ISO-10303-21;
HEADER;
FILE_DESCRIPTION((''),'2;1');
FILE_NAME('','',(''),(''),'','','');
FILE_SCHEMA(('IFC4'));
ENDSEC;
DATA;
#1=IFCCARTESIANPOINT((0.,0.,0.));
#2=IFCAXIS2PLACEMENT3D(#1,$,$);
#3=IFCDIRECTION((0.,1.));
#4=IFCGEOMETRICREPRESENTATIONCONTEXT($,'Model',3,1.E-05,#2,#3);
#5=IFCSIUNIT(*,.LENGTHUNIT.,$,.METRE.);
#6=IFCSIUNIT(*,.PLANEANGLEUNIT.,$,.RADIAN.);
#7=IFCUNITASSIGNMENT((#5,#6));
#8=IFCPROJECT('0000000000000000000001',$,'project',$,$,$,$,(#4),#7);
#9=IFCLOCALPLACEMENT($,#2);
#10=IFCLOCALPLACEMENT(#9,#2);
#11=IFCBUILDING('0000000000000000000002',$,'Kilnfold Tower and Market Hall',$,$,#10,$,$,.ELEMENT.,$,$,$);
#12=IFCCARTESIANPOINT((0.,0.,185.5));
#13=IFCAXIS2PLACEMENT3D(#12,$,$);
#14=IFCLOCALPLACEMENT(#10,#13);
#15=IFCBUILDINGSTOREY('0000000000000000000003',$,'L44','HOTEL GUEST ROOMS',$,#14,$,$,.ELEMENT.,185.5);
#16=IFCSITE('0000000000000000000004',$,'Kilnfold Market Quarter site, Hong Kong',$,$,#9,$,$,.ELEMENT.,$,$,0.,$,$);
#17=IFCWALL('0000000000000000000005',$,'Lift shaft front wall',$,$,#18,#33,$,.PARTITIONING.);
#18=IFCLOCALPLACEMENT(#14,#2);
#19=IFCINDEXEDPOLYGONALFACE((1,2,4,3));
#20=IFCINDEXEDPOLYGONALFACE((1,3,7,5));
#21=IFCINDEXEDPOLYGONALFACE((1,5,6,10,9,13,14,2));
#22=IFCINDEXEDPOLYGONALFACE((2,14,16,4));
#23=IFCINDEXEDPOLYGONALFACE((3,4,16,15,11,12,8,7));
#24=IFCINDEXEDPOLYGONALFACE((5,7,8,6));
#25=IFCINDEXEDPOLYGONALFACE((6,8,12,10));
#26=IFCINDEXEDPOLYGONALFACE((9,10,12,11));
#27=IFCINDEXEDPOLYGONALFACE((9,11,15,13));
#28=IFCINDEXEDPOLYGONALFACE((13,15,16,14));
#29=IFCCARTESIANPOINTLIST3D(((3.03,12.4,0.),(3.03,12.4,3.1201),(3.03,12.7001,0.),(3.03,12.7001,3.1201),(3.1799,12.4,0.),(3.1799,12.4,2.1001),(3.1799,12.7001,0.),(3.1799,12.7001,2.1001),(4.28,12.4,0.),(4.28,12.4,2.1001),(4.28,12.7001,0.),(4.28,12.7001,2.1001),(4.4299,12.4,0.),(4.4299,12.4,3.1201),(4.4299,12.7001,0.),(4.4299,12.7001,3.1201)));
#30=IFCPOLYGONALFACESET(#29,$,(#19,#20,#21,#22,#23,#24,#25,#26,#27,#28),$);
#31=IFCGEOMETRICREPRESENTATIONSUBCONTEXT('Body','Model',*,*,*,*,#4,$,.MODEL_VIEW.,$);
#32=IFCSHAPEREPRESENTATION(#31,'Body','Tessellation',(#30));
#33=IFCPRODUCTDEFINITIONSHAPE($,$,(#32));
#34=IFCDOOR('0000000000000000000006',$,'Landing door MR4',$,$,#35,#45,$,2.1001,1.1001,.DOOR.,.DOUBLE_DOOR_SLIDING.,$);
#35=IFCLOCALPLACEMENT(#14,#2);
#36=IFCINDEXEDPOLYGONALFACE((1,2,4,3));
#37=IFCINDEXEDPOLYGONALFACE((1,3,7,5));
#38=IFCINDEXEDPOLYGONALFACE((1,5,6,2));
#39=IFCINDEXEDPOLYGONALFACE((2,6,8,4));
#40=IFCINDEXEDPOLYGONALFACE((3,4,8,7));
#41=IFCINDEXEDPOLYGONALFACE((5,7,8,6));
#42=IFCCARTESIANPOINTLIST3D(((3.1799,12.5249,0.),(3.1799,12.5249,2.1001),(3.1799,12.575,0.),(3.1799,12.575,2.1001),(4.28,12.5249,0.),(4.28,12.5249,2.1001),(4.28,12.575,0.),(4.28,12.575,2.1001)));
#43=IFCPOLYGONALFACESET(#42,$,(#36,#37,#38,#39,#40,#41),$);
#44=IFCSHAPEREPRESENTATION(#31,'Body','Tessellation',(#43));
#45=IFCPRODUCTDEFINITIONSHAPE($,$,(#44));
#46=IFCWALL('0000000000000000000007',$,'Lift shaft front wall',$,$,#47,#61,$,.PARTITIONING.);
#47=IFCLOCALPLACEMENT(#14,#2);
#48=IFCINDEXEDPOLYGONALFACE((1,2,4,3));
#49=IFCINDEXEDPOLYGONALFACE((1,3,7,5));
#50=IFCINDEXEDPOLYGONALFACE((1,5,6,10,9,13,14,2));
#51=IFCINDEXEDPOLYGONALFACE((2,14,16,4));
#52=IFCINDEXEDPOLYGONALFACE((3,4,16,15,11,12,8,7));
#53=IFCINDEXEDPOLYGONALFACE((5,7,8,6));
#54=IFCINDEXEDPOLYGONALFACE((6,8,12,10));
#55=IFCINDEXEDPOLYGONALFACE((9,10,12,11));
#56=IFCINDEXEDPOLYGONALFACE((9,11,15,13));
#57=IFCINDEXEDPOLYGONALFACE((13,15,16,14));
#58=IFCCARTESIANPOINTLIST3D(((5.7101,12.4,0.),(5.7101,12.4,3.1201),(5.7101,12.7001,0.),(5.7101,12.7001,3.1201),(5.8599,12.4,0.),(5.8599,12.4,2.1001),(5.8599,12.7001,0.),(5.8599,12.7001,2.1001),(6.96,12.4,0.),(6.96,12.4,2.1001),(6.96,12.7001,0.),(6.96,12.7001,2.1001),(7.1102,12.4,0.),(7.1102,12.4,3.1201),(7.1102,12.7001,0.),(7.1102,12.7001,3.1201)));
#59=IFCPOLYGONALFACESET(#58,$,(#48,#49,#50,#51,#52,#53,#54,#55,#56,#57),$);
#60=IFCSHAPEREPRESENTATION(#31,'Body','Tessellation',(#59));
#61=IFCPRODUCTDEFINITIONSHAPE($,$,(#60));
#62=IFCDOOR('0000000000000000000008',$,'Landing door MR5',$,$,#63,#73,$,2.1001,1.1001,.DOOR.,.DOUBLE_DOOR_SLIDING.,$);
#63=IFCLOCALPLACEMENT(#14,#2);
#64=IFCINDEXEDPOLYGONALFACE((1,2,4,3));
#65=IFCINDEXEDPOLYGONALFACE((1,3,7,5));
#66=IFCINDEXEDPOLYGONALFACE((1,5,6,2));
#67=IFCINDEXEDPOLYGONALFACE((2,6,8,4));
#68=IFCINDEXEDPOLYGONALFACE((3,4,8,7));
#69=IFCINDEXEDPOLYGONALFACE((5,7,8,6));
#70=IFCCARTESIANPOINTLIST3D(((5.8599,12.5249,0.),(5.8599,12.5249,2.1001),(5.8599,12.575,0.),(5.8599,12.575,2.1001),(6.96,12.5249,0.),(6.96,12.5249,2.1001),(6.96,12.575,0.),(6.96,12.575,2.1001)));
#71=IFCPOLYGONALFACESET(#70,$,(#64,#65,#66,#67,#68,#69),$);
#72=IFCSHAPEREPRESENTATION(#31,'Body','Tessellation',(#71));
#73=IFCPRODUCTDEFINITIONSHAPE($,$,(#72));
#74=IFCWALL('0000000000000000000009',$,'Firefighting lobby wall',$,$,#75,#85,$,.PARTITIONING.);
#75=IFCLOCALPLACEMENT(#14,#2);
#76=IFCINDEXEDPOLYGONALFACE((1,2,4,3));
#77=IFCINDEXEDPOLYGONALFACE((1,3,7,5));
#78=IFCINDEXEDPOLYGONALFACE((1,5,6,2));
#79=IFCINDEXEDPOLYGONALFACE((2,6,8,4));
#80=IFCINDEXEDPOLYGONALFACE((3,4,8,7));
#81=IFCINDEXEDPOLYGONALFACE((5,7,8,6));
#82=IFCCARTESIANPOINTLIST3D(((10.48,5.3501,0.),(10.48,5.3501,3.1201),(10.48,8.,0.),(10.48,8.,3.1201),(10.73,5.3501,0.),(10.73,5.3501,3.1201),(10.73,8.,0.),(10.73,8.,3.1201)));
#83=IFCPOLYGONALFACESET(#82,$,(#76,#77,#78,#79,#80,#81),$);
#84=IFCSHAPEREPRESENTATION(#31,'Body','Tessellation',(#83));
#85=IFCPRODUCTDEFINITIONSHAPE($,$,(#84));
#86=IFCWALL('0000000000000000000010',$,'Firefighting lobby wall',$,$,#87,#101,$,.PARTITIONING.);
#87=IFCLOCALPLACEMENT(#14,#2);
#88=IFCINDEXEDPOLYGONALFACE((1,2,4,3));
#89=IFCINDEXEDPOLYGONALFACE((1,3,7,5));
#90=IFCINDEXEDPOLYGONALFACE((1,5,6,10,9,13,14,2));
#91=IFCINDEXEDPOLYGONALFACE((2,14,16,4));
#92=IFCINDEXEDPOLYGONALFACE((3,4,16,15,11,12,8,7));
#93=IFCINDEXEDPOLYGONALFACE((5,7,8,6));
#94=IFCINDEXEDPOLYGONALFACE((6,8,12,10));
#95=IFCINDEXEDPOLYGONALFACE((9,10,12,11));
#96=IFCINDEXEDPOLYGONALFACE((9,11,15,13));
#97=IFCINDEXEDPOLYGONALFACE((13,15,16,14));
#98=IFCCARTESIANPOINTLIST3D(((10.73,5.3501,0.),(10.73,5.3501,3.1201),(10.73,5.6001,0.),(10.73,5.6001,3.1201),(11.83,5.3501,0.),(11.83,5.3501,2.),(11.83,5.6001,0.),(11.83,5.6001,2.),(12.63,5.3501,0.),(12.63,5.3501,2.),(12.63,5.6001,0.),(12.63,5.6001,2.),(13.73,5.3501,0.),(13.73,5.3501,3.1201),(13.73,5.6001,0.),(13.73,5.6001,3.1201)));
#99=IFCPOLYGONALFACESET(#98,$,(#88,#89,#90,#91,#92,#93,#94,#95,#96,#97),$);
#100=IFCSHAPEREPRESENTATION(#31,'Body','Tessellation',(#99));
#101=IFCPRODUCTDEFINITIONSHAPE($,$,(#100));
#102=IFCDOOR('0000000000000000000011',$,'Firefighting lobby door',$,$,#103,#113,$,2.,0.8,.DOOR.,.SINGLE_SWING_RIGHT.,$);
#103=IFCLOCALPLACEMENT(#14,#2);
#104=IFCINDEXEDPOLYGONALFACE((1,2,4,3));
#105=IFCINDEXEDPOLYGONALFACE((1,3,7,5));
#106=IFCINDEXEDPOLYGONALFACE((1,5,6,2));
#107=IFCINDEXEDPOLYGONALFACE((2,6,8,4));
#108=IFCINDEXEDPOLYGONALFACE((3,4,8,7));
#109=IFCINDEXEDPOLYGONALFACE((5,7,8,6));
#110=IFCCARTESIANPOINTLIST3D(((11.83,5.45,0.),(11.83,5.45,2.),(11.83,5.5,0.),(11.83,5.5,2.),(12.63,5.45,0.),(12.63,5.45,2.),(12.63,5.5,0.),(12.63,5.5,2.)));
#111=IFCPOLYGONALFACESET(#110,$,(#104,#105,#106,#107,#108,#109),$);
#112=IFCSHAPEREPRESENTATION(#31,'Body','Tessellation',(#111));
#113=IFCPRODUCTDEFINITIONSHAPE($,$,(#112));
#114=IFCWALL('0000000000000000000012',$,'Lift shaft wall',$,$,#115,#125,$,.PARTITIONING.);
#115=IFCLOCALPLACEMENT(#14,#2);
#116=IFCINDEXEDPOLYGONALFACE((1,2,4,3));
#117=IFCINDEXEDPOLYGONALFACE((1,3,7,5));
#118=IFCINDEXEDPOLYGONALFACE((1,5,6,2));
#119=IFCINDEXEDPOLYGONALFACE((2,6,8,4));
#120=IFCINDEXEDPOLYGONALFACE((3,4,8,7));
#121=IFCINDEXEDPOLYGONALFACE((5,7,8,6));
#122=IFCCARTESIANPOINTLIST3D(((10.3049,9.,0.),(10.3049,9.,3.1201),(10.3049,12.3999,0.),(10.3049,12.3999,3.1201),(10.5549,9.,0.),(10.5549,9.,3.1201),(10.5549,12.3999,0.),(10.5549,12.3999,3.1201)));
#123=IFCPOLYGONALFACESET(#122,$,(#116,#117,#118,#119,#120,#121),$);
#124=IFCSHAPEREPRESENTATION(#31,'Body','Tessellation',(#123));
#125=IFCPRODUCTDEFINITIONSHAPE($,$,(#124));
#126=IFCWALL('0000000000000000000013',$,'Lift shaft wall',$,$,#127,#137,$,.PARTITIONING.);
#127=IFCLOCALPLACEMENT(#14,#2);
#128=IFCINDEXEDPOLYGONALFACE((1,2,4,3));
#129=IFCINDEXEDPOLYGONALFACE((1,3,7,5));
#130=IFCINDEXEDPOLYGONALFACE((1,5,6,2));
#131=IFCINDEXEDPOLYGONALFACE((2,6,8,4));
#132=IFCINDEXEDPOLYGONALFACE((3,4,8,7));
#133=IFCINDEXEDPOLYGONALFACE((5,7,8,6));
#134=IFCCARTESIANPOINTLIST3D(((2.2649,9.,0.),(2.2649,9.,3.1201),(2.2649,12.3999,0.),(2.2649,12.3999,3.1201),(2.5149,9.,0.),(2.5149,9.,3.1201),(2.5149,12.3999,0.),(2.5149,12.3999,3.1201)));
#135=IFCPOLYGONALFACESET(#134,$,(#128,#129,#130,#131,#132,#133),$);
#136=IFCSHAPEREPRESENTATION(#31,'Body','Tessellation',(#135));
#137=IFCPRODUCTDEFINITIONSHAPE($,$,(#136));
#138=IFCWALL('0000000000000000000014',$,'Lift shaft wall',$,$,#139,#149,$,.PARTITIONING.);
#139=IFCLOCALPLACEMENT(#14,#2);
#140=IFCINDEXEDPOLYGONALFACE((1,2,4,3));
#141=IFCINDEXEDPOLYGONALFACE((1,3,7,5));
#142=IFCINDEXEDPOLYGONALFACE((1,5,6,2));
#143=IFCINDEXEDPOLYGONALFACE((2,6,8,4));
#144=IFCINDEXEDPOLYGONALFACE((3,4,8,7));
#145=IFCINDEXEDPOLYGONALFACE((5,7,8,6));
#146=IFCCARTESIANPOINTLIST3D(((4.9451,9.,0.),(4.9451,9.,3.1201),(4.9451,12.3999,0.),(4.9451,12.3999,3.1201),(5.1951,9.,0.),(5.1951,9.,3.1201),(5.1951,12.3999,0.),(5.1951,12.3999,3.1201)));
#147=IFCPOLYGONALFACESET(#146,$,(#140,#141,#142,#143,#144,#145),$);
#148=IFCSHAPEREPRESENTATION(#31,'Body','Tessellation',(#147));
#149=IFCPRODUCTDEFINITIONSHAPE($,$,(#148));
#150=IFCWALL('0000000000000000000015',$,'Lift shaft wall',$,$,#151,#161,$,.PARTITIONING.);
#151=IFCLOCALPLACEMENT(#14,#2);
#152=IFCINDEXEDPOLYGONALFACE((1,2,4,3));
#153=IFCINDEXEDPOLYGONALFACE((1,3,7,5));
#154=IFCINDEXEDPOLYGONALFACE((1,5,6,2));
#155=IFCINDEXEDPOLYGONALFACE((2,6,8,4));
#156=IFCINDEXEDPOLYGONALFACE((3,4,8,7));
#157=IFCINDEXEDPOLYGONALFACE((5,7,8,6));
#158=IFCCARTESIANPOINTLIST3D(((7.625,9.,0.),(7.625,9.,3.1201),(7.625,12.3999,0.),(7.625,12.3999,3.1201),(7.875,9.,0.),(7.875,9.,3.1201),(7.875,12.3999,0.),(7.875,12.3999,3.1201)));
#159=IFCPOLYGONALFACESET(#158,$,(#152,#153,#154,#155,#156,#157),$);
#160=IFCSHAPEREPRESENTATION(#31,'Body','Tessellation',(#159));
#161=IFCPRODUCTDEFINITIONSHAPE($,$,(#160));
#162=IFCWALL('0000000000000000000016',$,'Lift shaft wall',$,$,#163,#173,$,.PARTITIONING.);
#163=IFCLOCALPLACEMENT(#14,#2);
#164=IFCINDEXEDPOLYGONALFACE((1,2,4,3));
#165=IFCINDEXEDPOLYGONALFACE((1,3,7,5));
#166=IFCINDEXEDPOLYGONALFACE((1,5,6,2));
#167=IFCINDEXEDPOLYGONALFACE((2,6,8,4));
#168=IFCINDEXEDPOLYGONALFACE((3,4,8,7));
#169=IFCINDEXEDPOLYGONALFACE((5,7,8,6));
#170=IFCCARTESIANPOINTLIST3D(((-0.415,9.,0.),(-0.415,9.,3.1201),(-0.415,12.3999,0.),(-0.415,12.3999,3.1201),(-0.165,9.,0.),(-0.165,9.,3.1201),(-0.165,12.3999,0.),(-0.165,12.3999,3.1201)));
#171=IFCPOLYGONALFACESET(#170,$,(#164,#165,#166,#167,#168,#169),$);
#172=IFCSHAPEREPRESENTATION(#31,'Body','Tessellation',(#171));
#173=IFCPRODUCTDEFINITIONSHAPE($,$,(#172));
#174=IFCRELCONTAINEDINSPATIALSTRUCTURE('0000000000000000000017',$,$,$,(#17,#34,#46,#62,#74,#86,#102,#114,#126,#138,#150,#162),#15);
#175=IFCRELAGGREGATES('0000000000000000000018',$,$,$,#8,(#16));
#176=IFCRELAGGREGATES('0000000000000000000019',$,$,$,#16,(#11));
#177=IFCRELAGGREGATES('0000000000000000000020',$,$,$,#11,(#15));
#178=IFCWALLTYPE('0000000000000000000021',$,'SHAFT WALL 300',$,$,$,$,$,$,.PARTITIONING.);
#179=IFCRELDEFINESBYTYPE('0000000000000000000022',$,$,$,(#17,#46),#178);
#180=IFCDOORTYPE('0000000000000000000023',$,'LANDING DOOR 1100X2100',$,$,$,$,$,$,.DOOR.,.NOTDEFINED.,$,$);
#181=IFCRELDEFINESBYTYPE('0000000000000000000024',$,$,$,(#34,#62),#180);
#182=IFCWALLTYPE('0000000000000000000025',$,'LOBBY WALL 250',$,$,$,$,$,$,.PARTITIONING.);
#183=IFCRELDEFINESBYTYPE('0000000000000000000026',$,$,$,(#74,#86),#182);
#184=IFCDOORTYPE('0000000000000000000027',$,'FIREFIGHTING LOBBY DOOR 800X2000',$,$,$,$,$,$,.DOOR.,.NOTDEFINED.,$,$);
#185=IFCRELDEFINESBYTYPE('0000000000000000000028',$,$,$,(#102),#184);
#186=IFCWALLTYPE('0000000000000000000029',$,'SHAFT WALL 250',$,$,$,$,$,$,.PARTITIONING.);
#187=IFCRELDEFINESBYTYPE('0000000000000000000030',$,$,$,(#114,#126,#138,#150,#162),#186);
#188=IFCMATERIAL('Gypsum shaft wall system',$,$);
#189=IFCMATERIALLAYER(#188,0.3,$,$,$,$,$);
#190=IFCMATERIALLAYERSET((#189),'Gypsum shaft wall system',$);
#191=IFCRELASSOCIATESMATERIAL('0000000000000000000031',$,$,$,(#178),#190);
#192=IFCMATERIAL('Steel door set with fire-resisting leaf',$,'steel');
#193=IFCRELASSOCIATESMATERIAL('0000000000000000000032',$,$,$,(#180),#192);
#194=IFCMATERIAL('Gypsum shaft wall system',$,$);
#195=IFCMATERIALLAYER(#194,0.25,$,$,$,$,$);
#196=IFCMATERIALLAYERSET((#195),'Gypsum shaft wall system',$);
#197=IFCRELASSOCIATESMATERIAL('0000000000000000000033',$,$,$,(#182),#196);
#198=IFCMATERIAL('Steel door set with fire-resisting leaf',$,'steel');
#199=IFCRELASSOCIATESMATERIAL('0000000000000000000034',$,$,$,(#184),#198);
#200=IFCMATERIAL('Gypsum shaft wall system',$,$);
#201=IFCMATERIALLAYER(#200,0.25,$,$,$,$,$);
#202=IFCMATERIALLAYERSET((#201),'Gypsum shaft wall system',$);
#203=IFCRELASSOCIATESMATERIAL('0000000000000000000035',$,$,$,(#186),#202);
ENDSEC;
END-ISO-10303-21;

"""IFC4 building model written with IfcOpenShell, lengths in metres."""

from ifc_helpers import new_model, si_unit, direction, frame, frame_2d, origin, place, context, subcontext, project, spatial, rectangle, extrude, source, transform, mapped, material, layer, layer_set, type_object, element, fill, save


model = new_model("IFC4")

# Units and contexts
model_context = context("Model", 3, precision=1e-05, world=origin(), true_north=direction((0.0, 1.0)))
body_context = subcontext(model_context, "Body", "Model", "MODEL_VIEW")
ifc_project = project(units=[si_unit("LENGTHUNIT", "METRE"), si_unit("PLANEANGLEUNIT", "RADIAN")], contexts=[model_context])

# Site, building, storey
site_placement = place(None, origin())
site = spatial("IfcSite", under=ifc_project, at=site_placement, Name="Kilnfold Market Quarter site, Hong Kong", CompositionType="ELEMENT", RefElevation=0.0)
building_placement = place(site_placement, origin())
building = spatial("IfcBuilding", under=site, at=building_placement, Name="Kilnfold Tower and Market Hall", CompositionType="ELEMENT")
storey_placement = place(building_placement, frame((0.0, 0.0, 185.5)))
storey = spatial("IfcBuildingStorey", under=building, at=storey_placement, Name="L44", Description="HOTEL GUEST ROOMS", CompositionType="ELEMENT", Elevation=185.5)

# Walls, openings, doors
ifc_material_1 = material(Name="Gypsum shaft wall system")
ifc_layer_1 = layer(ifc_material_1, 0.3)
ifc_layer_set_1 = layer_set([ifc_layer_1], Name="Gypsum shaft wall system")
wall_type_1 = type_object("IfcWallType", Name="SHAFT WALL 300", PredefinedType="PARTITIONING", material=ifc_layer_set_1)
shared_shape_1 = source(origin(), body_context, "Body", "SweptSolid", [
    extrude(rectangle(XDim=1.3999, YDim=0.3, at=frame_2d((0.7, 0.0))), origin(), (0.0, 0.0, 1.0), 3.1201),
])
ifc_material_2 = material(Name="Steel door set with fire-resisting leaf", Category="steel")
door_type_1 = type_object("IfcDoorType", Name="LANDING DOOR 1100X2100", OperationType="NOTDEFINED", PredefinedType="DOOR", material=ifc_material_2)
wall_1_placement = place(storey_placement, frame((3.03, 12.55, 0.0), z_axis=(0.0, 0.0, 1.0), x_axis=(1.0, 0.0, 0.0)))
wall_1 = element("IfcWall", 1, at=wall_1_placement, inside=storey, type_object=wall_type_1, Name="Lift shaft front wall", PredefinedType="PARTITIONING", context=body_context, shape_type="MappedRepresentation", body=[
    mapped(shared_shape_1, transform((0.0, 0.0, 0.0))),
])
opening_1_placement = place(wall_1_placement, frame((0.1499, 0.0, 0.0)))
opening_1 = element("IfcOpeningElement", 2, at=opening_1_placement, cuts=wall_1, PredefinedType="OPENING", context=body_context, shape_type="SweptSolid", body=[
    extrude(rectangle(XDim=1.1001, YDim=2.1001, at=frame_2d((0.55, 1.05))), frame((0.0, 0.1602, 0.0), z_axis=(0.0, -1.0, 0.0), x_axis=(1.0, 0.0, 0.0)), (0.0, 0.0, 1.0), 0.3201),
])
door_1_placement = place(opening_1_placement, origin())
door_1 = element("IfcDoor", 3, at=door_1_placement, inside=storey, type_object=door_type_1, Name="Landing door MR4", OperationType="DOUBLE_DOOR_SLIDING", OverallHeight=2.1001, OverallWidth=1.1001, PredefinedType="DOOR", context=body_context, shape_type="SweptSolid", body=[
    extrude(rectangle(XDim=1.1001, YDim=2.1001, at=frame_2d((0.55, 1.05))), frame((0.0, 0.0249, 0.0), z_axis=(0.0, -1.0, 0.0), x_axis=(1.0, 0.0, 0.0)), (0.0, 0.0, 1.0), 0.05),
])
fill(opening_1, door_1)
shared_shape_2 = source(origin(), body_context, "Body", "SweptSolid", [
    extrude(rectangle(XDim=1.4001, YDim=0.3, at=frame_2d((0.7002, 0.0))), origin(), (0.0, 0.0, 1.0), 3.1201),
])
wall_2_placement = place(storey_placement, frame((5.71, 12.55, 0.0), z_axis=(0.0, 0.0, 1.0), x_axis=(1.0, 0.0, 0.0)))
wall_2 = element("IfcWall", 4, at=wall_2_placement, inside=storey, type_object=wall_type_1, Name="Lift shaft front wall", PredefinedType="PARTITIONING", context=body_context, shape_type="MappedRepresentation", body=[
    mapped(shared_shape_2, transform((0.0, 0.0, 0.0))),
])
opening_2_placement = place(wall_2_placement, frame((0.1499, 0.0, 0.0)))
opening_2 = element("IfcOpeningElement", 5, at=opening_2_placement, cuts=wall_2, PredefinedType="OPENING", context=body_context, shape_type="SweptSolid", body=[
    extrude(rectangle(XDim=1.1001, YDim=2.1001, at=frame_2d((0.55, 1.05))), frame((0.0, 0.1602, 0.0), z_axis=(0.0, -1.0, 0.0), x_axis=(1.0, 0.0, 0.0)), (0.0, 0.0, 1.0), 0.3201),
])
door_2_placement = place(opening_2_placement, origin())
door_2 = element("IfcDoor", 6, at=door_2_placement, inside=storey, type_object=door_type_1, Name="Landing door MR5", OperationType="DOUBLE_DOOR_SLIDING", OverallHeight=2.1001, OverallWidth=1.1001, PredefinedType="DOOR", context=body_context, shape_type="SweptSolid", body=[
    extrude(rectangle(XDim=1.1001, YDim=2.1001, at=frame_2d((0.55, 1.05))), frame((0.0, 0.0249, 0.0), z_axis=(0.0, -1.0, 0.0), x_axis=(1.0, 0.0, 0.0)), (0.0, 0.0, 1.0), 0.05),
])
fill(opening_2, door_2)

# Wall
ifc_material_3 = material(Name="Gypsum shaft wall system")
ifc_layer_2 = layer(ifc_material_3, 0.25)
ifc_layer_set_2 = layer_set([ifc_layer_2], Name="Gypsum shaft wall system")
wall_type_2 = type_object("IfcWallType", Name="LOBBY WALL 250", PredefinedType="PARTITIONING", material=ifc_layer_set_2)
shared_shape_3 = source(origin(), body_context, "Body", "SweptSolid", [
    extrude(rectangle(XDim=2.6499, YDim=0.25, at=frame_2d((1.325, 0.0))), origin(), (0.0, 0.0, 1.0), 3.1201),
])
wall_3_placement = place(storey_placement, frame((10.605, 5.3501, 0.0), z_axis=(0.0, 0.0, 1.0), x_axis=(0.0, 1.0, 0.0)))
element("IfcWall", 7, at=wall_3_placement, inside=storey, type_object=wall_type_2, Name="Firefighting lobby wall", PredefinedType="PARTITIONING", context=body_context, shape_type="MappedRepresentation", body=[
    mapped(shared_shape_3, transform((0.0, 0.0, 0.0))),
])

# Wall, opening, door
shared_shape_4 = source(origin(), body_context, "Body", "SweptSolid", [
    extrude(rectangle(XDim=3.0, YDim=0.25, at=frame_2d((1.5, 0.0))), origin(), (0.0, 0.0, 1.0), 3.1201),
])
wall_4_placement = place(storey_placement, frame((10.73, 5.4751, 0.0), z_axis=(0.0, 0.0, 1.0), x_axis=(1.0, 0.0, 0.0)))
wall_4 = element("IfcWall", 8, at=wall_4_placement, inside=storey, type_object=wall_type_2, Name="Firefighting lobby wall", PredefinedType="PARTITIONING", context=body_context, shape_type="MappedRepresentation", body=[
    mapped(shared_shape_4, transform((0.0, 0.0, 0.0))),
])
opening_3_placement = place(wall_4_placement, frame((1.1001, 0.0, 0.0)))
opening_3 = element("IfcOpeningElement", 9, at=opening_3_placement, cuts=wall_4, PredefinedType="OPENING", context=body_context, shape_type="SweptSolid", body=[
    extrude(rectangle(XDim=0.8, YDim=2.0, at=frame_2d((0.3999, 1.0))), frame((0.0, 0.135, 0.0), z_axis=(0.0, -1.0, 0.0), x_axis=(1.0, 0.0, 0.0)), (0.0, 0.0, 1.0), 0.27),
])
ifc_material_4 = material(Name="Steel door set with fire-resisting leaf", Category="steel")
door_type_2 = type_object("IfcDoorType", Name="FIREFIGHTING LOBBY DOOR 800X2000", OperationType="NOTDEFINED", PredefinedType="DOOR", material=ifc_material_4)
door_3_placement = place(opening_3_placement, origin())
door_3 = element("IfcDoor", 10, at=door_3_placement, inside=storey, type_object=door_type_2, Name="Firefighting lobby door", OperationType="SINGLE_SWING_RIGHT", OverallHeight=2.0, OverallWidth=0.8, PredefinedType="DOOR", context=body_context, shape_type="SweptSolid", body=[
    extrude(rectangle(XDim=0.8, YDim=2.0, at=frame_2d((0.3999, 1.0))), frame((0.0, 0.0249, 0.0), z_axis=(0.0, -1.0, 0.0), x_axis=(1.0, 0.0, 0.0)), (0.0, 0.0, 1.0), 0.05),
])
fill(opening_3, door_3)

# Walls
ifc_material_5 = material(Name="Gypsum shaft wall system")
ifc_layer_3 = layer(ifc_material_5, 0.25)
ifc_layer_set_3 = layer_set([ifc_layer_3], Name="Gypsum shaft wall system")
wall_type_3 = type_object("IfcWallType", Name="SHAFT WALL 250", PredefinedType="PARTITIONING", material=ifc_layer_set_3)
shared_shape_5 = source(origin(), body_context, "Body", "SweptSolid", [
    extrude(rectangle(XDim=3.3999, YDim=0.25, at=frame_2d((1.7, 0.0))), origin(), (0.0, 0.0, 1.0), 3.1201),
])
for number, where, z_axis, x_axis, name in (
    (11, (10.4299, 9.0, 0.0), (0.0, 0.0, 1.0), (0.0, 1.0, 0.0), "Lift shaft wall"),
    (12, (2.3899, 9.0, 0.0), (0.0, 0.0, 1.0), (0.0, 1.0, 0.0), "Lift shaft wall"),
    (13, (5.0701, 9.0, 0.0), (0.0, 0.0, 1.0), (0.0, 1.0, 0.0), "Lift shaft wall"),
    (14, (7.75, 9.0, 0.0), (0.0, 0.0, 1.0), (0.0, 1.0, 0.0), "Lift shaft wall"),
    (15, (-0.29, 9.0, 0.0), (0.0, 0.0, 1.0), (0.0, 1.0, 0.0), "Lift shaft wall"),
):
    element("IfcWall", number, at=place(storey_placement, frame(where, z_axis=z_axis, x_axis=x_axis)), inside=storey, type_object=wall_type_3, Name=name, PredefinedType="PARTITIONING", context=body_context, shape_type="MappedRepresentation", body=[
        mapped(shared_shape_5, transform((0.0, 0.0, 0.0))),
    ])

save(model, "model.ifc")
